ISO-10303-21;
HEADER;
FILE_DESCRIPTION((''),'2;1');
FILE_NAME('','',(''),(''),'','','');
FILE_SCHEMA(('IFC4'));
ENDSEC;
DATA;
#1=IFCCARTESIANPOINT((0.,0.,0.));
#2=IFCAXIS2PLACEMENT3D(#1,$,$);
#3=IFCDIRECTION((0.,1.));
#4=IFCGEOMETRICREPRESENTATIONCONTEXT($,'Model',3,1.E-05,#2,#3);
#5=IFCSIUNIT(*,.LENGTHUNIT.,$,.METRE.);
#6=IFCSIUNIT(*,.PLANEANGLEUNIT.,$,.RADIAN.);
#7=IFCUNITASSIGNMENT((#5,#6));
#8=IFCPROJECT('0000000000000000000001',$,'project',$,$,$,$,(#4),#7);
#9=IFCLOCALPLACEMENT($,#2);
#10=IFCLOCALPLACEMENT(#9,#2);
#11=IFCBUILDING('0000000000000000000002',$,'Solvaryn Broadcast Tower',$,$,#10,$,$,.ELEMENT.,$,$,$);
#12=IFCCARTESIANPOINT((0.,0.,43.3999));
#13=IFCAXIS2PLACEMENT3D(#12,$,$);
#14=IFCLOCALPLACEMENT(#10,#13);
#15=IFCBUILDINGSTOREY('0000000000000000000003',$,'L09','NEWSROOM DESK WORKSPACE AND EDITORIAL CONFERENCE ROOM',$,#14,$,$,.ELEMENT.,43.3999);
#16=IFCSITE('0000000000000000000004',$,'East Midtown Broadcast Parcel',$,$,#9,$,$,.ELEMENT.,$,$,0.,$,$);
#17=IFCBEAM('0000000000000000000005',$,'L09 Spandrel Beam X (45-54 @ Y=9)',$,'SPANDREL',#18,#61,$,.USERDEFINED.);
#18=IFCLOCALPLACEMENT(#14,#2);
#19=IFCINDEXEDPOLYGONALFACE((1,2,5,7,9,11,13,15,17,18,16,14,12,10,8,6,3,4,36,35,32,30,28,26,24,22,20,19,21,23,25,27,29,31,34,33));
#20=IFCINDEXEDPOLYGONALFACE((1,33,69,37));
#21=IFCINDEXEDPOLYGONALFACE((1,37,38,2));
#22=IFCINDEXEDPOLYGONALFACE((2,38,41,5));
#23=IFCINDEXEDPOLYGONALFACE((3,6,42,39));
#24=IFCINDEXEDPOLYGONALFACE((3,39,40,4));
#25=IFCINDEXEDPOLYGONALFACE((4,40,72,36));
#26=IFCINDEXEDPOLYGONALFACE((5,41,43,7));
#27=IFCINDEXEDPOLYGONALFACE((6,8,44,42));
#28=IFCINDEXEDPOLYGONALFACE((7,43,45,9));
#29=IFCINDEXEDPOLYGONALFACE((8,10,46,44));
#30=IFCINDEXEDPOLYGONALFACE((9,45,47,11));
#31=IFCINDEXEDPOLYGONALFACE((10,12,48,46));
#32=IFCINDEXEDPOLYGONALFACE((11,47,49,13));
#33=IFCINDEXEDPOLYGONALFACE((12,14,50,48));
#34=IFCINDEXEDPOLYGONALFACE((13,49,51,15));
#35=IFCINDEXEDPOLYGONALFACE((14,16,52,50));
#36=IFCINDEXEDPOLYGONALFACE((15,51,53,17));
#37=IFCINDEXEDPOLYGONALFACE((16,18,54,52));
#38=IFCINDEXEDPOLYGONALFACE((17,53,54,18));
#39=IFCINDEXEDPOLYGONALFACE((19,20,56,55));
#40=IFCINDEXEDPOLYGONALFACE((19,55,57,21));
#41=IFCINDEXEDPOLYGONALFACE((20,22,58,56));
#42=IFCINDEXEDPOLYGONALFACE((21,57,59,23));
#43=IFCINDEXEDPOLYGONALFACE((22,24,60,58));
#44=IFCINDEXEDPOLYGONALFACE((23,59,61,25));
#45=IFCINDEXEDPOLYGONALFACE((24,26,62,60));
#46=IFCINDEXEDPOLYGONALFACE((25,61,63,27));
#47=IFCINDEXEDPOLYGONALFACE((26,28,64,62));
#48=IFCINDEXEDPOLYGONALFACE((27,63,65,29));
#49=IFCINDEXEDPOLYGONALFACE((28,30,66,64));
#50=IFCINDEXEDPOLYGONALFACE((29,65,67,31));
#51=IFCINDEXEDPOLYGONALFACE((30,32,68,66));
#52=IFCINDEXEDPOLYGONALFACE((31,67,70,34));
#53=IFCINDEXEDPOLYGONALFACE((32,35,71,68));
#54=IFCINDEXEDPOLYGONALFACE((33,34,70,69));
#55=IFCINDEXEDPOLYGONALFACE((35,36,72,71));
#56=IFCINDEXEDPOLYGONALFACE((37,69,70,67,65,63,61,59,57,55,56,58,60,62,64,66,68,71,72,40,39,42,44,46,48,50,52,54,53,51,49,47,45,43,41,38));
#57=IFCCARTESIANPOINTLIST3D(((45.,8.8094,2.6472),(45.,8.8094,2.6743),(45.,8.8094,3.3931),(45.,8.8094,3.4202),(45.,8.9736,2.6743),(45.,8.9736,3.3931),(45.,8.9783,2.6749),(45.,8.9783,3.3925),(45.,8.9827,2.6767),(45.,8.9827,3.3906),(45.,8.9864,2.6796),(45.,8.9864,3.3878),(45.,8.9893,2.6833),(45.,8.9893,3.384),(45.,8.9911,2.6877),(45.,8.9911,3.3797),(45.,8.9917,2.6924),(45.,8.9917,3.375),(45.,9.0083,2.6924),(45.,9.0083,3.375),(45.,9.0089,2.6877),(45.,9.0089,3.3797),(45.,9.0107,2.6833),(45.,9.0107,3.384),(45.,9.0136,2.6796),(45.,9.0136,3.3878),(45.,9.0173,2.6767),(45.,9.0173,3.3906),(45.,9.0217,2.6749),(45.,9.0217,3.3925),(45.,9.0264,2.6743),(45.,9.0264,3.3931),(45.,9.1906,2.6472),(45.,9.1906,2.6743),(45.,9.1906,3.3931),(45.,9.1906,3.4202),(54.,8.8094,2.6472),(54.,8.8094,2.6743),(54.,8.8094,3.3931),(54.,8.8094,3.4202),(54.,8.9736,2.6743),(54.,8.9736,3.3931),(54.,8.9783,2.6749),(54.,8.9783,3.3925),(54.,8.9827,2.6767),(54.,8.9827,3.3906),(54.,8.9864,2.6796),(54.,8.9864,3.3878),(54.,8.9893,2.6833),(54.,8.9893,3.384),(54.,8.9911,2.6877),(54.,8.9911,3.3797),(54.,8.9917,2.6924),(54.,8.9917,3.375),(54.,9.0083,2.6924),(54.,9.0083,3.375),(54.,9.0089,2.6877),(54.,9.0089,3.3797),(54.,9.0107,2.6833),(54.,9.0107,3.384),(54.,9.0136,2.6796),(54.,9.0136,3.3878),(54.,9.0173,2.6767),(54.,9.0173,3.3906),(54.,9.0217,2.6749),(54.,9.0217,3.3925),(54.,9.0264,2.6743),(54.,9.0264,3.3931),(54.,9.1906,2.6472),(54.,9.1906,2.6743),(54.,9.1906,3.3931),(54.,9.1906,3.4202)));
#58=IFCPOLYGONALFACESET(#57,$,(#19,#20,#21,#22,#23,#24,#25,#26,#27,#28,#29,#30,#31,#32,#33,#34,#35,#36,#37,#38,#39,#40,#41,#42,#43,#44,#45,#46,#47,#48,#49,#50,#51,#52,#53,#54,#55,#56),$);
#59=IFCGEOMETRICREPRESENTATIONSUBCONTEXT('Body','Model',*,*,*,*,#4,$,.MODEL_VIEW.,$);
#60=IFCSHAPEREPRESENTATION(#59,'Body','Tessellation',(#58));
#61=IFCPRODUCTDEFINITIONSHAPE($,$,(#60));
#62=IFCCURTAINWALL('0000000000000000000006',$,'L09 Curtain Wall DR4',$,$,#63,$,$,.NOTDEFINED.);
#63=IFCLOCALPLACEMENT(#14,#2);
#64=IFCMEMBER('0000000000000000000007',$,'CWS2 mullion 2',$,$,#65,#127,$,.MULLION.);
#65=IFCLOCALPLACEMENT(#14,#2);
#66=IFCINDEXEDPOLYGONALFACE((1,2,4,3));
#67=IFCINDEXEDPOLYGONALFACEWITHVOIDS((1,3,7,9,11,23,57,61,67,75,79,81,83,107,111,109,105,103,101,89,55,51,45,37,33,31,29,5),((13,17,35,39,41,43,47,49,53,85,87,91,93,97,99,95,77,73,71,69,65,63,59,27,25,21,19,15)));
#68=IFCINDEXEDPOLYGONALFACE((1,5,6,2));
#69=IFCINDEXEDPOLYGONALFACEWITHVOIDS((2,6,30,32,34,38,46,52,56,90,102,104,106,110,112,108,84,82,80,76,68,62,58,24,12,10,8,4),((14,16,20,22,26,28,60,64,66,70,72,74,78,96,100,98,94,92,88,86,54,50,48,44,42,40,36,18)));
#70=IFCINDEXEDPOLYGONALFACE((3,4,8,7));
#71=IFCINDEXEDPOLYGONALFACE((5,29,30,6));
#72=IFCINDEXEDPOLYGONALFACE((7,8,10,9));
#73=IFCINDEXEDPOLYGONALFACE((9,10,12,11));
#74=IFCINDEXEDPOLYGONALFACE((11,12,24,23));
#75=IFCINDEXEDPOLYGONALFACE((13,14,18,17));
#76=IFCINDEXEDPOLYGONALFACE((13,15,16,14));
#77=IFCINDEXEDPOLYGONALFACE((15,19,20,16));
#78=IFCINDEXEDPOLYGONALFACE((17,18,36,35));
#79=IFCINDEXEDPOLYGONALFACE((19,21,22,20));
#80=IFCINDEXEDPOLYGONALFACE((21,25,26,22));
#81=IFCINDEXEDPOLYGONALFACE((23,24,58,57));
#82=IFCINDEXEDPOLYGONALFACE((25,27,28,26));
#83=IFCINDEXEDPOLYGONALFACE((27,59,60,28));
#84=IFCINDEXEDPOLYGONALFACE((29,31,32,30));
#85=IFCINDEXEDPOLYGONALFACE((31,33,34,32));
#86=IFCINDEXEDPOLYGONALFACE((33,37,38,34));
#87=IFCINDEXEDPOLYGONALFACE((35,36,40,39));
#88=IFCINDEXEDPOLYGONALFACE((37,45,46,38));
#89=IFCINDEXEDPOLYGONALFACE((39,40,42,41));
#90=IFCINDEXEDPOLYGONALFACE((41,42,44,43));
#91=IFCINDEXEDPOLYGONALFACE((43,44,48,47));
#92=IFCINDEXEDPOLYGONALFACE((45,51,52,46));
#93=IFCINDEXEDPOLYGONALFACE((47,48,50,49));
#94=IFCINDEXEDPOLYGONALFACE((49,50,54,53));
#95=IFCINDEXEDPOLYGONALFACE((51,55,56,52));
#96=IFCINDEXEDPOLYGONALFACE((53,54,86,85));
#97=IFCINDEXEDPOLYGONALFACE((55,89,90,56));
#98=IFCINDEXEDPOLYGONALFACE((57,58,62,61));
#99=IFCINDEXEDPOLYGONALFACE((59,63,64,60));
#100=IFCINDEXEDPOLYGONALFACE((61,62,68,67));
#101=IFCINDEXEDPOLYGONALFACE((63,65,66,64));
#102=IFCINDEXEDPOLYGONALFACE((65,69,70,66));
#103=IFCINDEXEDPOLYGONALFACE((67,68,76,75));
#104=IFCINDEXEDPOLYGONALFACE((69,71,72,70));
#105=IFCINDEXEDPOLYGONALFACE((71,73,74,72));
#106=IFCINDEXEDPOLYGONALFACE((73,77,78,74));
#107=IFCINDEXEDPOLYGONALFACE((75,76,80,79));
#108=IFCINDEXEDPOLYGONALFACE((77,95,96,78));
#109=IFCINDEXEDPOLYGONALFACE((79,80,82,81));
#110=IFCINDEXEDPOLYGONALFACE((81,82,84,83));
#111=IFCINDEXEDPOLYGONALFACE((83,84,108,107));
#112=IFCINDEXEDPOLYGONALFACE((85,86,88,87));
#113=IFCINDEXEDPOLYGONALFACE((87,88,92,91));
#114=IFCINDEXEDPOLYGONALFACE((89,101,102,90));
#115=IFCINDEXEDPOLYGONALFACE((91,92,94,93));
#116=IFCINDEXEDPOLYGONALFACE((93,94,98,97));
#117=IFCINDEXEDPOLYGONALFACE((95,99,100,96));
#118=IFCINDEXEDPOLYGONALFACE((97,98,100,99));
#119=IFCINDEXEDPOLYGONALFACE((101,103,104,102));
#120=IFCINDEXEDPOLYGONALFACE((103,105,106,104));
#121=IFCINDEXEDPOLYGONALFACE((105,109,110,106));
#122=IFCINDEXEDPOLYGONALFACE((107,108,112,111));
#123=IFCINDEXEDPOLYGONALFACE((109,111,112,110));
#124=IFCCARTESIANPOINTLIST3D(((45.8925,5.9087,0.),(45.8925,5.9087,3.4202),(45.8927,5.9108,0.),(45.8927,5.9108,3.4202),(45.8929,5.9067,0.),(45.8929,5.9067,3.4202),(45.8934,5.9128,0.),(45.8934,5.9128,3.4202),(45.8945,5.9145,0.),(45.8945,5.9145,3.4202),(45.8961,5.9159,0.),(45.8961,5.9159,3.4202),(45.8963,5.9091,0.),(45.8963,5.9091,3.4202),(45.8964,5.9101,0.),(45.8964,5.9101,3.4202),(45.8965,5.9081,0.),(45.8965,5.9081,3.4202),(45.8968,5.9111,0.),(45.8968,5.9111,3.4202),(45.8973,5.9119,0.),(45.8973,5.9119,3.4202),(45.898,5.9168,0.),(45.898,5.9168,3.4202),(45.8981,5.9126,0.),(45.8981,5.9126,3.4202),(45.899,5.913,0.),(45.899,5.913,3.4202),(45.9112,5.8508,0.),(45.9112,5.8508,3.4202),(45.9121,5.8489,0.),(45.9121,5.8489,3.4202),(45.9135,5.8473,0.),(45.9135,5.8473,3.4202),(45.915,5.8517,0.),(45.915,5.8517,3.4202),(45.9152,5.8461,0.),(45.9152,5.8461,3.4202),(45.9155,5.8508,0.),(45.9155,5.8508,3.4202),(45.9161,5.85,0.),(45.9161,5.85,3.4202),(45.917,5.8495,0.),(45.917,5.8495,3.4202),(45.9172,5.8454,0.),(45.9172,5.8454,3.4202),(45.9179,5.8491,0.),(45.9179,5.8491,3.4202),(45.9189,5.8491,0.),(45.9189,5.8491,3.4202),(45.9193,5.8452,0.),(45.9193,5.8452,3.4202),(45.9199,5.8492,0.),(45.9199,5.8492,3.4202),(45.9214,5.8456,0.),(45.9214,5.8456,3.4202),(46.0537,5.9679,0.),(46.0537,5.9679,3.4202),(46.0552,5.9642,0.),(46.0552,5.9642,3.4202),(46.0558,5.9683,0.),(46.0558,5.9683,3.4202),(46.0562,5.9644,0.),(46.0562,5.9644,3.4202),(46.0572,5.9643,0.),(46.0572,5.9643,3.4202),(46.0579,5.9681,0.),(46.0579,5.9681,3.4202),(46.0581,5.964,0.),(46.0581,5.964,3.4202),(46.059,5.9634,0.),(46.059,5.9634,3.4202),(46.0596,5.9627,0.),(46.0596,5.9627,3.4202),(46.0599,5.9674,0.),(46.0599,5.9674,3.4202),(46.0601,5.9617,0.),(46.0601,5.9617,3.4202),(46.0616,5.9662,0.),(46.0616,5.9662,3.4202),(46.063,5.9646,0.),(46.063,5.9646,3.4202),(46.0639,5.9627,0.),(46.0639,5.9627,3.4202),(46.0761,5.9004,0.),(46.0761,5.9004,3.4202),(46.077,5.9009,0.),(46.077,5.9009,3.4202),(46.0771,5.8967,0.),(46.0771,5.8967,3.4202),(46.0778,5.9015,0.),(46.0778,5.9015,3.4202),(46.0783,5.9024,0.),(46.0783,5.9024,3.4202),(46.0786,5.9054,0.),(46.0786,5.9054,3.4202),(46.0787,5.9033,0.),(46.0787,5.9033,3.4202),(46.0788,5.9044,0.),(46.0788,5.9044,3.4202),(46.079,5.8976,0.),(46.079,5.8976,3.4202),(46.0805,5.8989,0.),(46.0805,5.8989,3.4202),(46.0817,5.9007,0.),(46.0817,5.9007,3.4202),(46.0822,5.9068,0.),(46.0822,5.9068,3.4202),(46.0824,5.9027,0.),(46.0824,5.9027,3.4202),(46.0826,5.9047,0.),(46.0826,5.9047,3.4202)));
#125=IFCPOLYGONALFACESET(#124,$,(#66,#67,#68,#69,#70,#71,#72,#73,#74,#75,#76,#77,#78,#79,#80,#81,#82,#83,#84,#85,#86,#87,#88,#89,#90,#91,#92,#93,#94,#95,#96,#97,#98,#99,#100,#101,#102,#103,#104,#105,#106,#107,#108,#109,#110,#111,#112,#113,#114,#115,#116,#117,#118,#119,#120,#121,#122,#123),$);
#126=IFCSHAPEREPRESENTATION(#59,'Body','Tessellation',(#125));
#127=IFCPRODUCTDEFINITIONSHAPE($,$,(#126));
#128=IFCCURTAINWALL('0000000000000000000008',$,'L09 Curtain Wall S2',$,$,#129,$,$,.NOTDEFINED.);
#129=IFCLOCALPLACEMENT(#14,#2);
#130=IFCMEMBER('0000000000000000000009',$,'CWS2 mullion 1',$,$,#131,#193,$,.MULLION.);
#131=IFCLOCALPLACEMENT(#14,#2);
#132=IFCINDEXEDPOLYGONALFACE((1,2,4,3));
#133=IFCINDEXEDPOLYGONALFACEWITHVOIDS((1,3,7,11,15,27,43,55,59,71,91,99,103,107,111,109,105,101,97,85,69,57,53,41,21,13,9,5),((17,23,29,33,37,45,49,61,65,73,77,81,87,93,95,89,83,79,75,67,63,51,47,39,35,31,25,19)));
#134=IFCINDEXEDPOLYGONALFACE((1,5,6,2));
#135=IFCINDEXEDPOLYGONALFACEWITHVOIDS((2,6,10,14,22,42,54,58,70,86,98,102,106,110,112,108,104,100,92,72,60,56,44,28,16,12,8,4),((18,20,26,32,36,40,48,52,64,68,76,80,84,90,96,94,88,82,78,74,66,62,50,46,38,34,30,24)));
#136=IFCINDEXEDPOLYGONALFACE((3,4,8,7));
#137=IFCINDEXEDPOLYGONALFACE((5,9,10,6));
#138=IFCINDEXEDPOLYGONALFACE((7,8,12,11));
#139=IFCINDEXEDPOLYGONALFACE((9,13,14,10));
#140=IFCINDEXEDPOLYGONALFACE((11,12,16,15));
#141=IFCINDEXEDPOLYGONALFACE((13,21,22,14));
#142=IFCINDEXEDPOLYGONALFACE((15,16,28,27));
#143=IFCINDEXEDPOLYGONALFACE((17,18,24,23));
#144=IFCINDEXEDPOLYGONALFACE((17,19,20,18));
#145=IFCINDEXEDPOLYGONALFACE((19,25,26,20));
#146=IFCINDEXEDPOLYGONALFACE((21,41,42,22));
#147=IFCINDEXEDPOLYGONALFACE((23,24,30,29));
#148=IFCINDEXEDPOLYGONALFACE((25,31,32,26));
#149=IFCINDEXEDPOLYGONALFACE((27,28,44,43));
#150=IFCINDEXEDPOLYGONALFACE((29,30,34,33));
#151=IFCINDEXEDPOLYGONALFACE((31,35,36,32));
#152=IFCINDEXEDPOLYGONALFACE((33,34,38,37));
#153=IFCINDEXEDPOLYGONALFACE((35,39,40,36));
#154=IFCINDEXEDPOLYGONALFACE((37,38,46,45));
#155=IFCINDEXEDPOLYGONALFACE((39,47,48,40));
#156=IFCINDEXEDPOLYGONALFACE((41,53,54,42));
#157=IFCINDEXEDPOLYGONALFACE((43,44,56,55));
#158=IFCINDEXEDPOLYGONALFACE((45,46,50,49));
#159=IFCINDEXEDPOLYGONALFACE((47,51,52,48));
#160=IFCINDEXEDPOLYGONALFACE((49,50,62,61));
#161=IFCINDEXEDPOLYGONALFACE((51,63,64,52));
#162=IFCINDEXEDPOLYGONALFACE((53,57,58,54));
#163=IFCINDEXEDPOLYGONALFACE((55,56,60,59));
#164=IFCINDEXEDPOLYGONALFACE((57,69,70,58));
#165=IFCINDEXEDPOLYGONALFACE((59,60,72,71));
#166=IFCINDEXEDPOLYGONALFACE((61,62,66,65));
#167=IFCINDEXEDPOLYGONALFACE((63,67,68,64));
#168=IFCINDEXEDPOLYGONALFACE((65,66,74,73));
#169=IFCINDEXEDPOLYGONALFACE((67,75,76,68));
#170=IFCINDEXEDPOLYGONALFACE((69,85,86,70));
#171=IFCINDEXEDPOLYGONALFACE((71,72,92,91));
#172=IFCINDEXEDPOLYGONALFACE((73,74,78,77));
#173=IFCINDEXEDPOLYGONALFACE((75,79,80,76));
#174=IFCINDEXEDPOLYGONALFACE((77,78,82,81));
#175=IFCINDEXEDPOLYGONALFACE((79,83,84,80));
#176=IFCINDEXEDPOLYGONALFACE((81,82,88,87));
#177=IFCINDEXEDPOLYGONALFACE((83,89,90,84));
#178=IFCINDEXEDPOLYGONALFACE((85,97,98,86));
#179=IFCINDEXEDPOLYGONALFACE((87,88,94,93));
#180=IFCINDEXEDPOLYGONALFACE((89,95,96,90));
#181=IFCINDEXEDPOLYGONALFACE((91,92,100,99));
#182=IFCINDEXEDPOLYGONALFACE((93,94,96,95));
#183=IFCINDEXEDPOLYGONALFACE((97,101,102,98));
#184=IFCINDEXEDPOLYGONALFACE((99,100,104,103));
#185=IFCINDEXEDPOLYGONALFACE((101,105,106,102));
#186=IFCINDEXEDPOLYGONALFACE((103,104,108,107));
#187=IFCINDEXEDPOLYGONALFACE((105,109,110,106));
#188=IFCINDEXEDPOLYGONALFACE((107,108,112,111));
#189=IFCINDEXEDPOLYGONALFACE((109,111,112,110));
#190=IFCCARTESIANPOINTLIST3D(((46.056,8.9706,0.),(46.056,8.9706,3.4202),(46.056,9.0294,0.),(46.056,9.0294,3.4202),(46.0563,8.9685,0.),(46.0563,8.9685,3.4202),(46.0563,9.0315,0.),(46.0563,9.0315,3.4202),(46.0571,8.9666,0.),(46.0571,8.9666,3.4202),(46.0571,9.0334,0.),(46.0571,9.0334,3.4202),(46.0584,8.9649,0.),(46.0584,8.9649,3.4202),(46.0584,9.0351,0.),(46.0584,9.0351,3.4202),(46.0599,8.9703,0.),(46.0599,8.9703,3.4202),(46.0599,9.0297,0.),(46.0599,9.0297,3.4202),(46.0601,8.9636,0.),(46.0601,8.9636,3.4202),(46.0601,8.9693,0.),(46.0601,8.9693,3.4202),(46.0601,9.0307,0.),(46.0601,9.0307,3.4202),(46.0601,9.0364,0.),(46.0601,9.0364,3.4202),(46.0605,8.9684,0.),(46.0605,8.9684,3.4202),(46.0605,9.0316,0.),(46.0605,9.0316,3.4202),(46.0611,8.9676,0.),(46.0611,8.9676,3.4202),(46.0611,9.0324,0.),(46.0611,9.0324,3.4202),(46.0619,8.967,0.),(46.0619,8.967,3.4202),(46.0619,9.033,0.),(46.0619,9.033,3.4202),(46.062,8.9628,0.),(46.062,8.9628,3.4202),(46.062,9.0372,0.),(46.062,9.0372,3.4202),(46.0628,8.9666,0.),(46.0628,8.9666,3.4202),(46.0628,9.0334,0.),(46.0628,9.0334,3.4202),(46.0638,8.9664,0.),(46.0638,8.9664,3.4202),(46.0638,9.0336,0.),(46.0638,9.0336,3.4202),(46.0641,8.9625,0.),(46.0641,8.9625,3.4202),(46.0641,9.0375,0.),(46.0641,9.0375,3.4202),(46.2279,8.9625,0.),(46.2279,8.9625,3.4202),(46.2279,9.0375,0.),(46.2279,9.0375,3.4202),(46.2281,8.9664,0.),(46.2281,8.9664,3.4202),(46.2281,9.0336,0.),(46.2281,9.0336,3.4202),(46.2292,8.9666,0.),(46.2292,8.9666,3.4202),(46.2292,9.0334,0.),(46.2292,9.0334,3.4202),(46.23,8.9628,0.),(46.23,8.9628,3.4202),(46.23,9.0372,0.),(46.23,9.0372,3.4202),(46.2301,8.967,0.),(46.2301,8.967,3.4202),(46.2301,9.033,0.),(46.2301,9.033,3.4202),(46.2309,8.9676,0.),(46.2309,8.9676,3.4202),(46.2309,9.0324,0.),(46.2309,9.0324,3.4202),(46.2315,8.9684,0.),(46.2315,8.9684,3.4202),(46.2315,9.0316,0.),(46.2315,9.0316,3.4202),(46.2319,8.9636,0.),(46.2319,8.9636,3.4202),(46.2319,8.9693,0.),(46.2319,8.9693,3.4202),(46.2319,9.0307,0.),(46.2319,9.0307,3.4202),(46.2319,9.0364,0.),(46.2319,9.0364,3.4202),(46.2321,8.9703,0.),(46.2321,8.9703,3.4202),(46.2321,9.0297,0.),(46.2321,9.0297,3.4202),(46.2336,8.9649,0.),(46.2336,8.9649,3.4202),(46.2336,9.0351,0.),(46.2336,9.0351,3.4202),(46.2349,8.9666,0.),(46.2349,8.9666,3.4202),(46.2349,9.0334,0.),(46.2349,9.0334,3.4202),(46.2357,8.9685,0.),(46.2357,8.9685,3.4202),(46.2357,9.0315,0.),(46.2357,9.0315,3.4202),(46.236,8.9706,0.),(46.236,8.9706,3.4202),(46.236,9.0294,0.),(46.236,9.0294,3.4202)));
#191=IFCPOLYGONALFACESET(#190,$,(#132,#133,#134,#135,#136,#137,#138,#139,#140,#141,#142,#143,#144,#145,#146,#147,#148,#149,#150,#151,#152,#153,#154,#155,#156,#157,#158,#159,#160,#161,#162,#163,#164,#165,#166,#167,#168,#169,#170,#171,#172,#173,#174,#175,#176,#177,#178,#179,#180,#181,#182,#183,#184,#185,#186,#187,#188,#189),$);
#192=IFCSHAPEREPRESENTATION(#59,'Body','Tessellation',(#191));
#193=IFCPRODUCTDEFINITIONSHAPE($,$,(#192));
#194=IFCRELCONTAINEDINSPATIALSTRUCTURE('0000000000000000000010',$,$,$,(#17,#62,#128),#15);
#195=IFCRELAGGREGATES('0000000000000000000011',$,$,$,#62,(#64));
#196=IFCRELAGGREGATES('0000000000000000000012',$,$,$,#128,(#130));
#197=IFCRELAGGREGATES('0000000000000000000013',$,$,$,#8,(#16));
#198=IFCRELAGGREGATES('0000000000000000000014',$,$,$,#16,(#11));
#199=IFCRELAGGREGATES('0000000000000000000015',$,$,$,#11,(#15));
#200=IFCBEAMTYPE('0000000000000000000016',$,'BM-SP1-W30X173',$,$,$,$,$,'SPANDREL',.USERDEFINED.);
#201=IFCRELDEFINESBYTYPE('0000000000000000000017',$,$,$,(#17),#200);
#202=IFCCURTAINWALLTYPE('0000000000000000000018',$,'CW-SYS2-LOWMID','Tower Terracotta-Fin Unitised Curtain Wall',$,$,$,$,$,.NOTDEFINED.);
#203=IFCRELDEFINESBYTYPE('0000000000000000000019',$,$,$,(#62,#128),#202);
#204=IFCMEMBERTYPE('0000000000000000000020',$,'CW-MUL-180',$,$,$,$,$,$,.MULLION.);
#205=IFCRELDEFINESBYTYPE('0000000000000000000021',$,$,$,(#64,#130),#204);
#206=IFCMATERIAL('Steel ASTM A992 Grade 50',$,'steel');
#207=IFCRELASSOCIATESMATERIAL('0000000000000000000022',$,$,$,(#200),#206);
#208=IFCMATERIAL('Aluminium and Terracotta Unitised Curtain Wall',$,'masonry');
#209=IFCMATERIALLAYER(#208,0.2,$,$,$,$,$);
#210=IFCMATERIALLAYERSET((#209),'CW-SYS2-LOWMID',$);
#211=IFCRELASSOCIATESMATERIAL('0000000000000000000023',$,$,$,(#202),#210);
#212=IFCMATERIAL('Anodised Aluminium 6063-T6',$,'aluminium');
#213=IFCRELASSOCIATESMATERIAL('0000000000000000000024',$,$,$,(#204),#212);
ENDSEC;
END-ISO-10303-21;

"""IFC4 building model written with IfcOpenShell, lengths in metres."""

from ifc_helpers import new_model, si_unit, direction, frame, origin, origin_2d, place, context, subcontext, project, spatial, hollow_rectangle, i_section, extrude, material, layer, layer_set, material_profile, profile_set, type_object, element, aggregate, save


model = new_model("IFC4")

# Units and contexts
model_context = context("Model", 3, precision=1e-05, world=origin(), true_north=direction((0.0, 1.0)))
body_context = subcontext(model_context, "Body", "Model", "MODEL_VIEW")
ifc_project = project(units=[si_unit("LENGTHUNIT", "METRE"), si_unit("PLANEANGLEUNIT", "RADIAN")], contexts=[model_context])

# Site, building, storey
site_placement = place(None, origin())
site = spatial("IfcSite", under=ifc_project, at=site_placement, Name="East Midtown Broadcast Parcel", CompositionType="ELEMENT", RefElevation=0.0)
building_placement = place(site_placement, origin())
building = spatial("IfcBuilding", under=site, at=building_placement, Name="Solvaryn Broadcast Tower", CompositionType="ELEMENT")
storey_placement = place(building_placement, frame((0.0, 0.0, 43.3999)))
storey = spatial("IfcBuildingStorey", under=building, at=storey_placement, Name="L09", Description="NEWSROOM DESK WORKSPACE AND EDITORIAL CONFERENCE ROOM", CompositionType="ELEMENT", Elevation=43.3999)

# Beam
ifc_material_1 = material(Name="Steel ASTM A992 Grade 50", Category="steel")
ifc_material_profile_1 = material_profile(ifc_material_1, i_section(OverallWidth=0.3811, OverallDepth=0.7729, WebThickness=0.0166, FlangeThickness=0.0271, FilletRadius=0.0181, at=origin_2d()))
ifc_profile_set_1 = profile_set([ifc_material_profile_1], Name="Steel ASTM A992 Grade 50")
beam_type_1 = type_object("IfcBeamType", Name="BM-SP1-W30X173", ElementType="SPANDREL", PredefinedType="USERDEFINED", material=ifc_profile_set_1)
beam_1_placement = place(storey_placement, frame((45.0, 9.0, 3.0337), z_axis=(1.0, 0.0, 0.0), x_axis=(0.0, 1.0, 0.0)))
element("IfcBeam", 1, at=beam_1_placement, inside=storey, type_object=beam_type_1, Name="L09 Spandrel Beam X (45-54 @ Y=9)", ObjectType="SPANDREL", PredefinedType="USERDEFINED", context=body_context, shape_type="SweptSolid", body=[
    extrude(i_section(OverallWidth=0.3811, OverallDepth=0.7729, WebThickness=0.0166, FlangeThickness=0.0271, FilletRadius=0.0181, at=origin_2d()), origin(), (0.0, 0.0, 1.0), 9.0),
])

# Curtain wall, member
ifc_material_2 = material(Name="Aluminium and Terracotta Unitised Curtain Wall", Category="masonry")
ifc_layer_1 = layer(ifc_material_2, 0.2)
ifc_layer_set_1 = layer_set([ifc_layer_1], Name="CW-SYS2-LOWMID")
curtain_wall_type = type_object("IfcCurtainWallType", Name="CW-SYS2-LOWMID", Description="Tower Terracotta-Fin Unitised Curtain Wall", PredefinedType="NOTDEFINED", material=ifc_layer_set_1)
curtain_wall_1_placement = place(storey_placement, origin())
curtain_wall_1 = element("IfcCurtainWall", 2, at=curtain_wall_1_placement, inside=storey, type_object=curtain_wall_type, Name="L09 Curtain Wall DR4", PredefinedType="NOTDEFINED")
ifc_material_3 = material(Name="Anodised Aluminium 6063-T6", Category="aluminium")
ifc_material_profile_2 = material_profile(ifc_material_3, hollow_rectangle(XDim=0.075, YDim=0.1799, WallThickness=0.0039, InnerFilletRadius=0.0039, OuterFilletRadius=0.0081, at=origin_2d()))
ifc_profile_set_2 = profile_set([ifc_material_profile_2], Name="Anodised Aluminium 6063-T6")
member_type_1 = type_object("IfcMemberType", Name="CW-MUL-180", PredefinedType="MULLION", material=ifc_profile_set_2)
member_1_placement = place(storey_placement, frame((45.9875, 5.9067, 0.0), z_axis=(0.0, 0.0, 1.0), x_axis=(-0.311594, 0.950215, 0.0)))
member_1 = element("IfcMember", 3, at=member_1_placement, type_object=member_type_1, Name="CWS2 mullion 2", PredefinedType="MULLION", context=body_context, shape_type="SweptSolid", body=[
    extrude(hollow_rectangle(XDim=0.075, YDim=0.1799, WallThickness=0.0039, InnerFilletRadius=0.0039, OuterFilletRadius=0.0081, at=origin_2d()), origin(), (0.0, 0.0, 1.0), 3.4202),
])
aggregate(curtain_wall_1, [member_1])

# Curtain wall, member
curtain_wall_2_placement = place(storey_placement, origin())
curtain_wall_2 = element("IfcCurtainWall", 4, at=curtain_wall_2_placement, inside=storey, type_object=curtain_wall_type, Name="L09 Curtain Wall S2", PredefinedType="NOTDEFINED")
member_2_placement = place(storey_placement, frame((46.146, 9.0, 0.0), z_axis=(0.0, 0.0, 1.0), x_axis=(0.0, 1.0, 0.0)))
member_2 = element("IfcMember", 5, at=member_2_placement, type_object=member_type_1, Name="CWS2 mullion 1", PredefinedType="MULLION", context=body_context, shape_type="SweptSolid", body=[
    extrude(hollow_rectangle(XDim=0.075, YDim=0.1799, WallThickness=0.0039, InnerFilletRadius=0.0039, OuterFilletRadius=0.0081, at=origin_2d()), origin(), (0.0, 0.0, 1.0), 3.4202),
])
aggregate(curtain_wall_2, [member_2])

save(model, "model.ifc")
